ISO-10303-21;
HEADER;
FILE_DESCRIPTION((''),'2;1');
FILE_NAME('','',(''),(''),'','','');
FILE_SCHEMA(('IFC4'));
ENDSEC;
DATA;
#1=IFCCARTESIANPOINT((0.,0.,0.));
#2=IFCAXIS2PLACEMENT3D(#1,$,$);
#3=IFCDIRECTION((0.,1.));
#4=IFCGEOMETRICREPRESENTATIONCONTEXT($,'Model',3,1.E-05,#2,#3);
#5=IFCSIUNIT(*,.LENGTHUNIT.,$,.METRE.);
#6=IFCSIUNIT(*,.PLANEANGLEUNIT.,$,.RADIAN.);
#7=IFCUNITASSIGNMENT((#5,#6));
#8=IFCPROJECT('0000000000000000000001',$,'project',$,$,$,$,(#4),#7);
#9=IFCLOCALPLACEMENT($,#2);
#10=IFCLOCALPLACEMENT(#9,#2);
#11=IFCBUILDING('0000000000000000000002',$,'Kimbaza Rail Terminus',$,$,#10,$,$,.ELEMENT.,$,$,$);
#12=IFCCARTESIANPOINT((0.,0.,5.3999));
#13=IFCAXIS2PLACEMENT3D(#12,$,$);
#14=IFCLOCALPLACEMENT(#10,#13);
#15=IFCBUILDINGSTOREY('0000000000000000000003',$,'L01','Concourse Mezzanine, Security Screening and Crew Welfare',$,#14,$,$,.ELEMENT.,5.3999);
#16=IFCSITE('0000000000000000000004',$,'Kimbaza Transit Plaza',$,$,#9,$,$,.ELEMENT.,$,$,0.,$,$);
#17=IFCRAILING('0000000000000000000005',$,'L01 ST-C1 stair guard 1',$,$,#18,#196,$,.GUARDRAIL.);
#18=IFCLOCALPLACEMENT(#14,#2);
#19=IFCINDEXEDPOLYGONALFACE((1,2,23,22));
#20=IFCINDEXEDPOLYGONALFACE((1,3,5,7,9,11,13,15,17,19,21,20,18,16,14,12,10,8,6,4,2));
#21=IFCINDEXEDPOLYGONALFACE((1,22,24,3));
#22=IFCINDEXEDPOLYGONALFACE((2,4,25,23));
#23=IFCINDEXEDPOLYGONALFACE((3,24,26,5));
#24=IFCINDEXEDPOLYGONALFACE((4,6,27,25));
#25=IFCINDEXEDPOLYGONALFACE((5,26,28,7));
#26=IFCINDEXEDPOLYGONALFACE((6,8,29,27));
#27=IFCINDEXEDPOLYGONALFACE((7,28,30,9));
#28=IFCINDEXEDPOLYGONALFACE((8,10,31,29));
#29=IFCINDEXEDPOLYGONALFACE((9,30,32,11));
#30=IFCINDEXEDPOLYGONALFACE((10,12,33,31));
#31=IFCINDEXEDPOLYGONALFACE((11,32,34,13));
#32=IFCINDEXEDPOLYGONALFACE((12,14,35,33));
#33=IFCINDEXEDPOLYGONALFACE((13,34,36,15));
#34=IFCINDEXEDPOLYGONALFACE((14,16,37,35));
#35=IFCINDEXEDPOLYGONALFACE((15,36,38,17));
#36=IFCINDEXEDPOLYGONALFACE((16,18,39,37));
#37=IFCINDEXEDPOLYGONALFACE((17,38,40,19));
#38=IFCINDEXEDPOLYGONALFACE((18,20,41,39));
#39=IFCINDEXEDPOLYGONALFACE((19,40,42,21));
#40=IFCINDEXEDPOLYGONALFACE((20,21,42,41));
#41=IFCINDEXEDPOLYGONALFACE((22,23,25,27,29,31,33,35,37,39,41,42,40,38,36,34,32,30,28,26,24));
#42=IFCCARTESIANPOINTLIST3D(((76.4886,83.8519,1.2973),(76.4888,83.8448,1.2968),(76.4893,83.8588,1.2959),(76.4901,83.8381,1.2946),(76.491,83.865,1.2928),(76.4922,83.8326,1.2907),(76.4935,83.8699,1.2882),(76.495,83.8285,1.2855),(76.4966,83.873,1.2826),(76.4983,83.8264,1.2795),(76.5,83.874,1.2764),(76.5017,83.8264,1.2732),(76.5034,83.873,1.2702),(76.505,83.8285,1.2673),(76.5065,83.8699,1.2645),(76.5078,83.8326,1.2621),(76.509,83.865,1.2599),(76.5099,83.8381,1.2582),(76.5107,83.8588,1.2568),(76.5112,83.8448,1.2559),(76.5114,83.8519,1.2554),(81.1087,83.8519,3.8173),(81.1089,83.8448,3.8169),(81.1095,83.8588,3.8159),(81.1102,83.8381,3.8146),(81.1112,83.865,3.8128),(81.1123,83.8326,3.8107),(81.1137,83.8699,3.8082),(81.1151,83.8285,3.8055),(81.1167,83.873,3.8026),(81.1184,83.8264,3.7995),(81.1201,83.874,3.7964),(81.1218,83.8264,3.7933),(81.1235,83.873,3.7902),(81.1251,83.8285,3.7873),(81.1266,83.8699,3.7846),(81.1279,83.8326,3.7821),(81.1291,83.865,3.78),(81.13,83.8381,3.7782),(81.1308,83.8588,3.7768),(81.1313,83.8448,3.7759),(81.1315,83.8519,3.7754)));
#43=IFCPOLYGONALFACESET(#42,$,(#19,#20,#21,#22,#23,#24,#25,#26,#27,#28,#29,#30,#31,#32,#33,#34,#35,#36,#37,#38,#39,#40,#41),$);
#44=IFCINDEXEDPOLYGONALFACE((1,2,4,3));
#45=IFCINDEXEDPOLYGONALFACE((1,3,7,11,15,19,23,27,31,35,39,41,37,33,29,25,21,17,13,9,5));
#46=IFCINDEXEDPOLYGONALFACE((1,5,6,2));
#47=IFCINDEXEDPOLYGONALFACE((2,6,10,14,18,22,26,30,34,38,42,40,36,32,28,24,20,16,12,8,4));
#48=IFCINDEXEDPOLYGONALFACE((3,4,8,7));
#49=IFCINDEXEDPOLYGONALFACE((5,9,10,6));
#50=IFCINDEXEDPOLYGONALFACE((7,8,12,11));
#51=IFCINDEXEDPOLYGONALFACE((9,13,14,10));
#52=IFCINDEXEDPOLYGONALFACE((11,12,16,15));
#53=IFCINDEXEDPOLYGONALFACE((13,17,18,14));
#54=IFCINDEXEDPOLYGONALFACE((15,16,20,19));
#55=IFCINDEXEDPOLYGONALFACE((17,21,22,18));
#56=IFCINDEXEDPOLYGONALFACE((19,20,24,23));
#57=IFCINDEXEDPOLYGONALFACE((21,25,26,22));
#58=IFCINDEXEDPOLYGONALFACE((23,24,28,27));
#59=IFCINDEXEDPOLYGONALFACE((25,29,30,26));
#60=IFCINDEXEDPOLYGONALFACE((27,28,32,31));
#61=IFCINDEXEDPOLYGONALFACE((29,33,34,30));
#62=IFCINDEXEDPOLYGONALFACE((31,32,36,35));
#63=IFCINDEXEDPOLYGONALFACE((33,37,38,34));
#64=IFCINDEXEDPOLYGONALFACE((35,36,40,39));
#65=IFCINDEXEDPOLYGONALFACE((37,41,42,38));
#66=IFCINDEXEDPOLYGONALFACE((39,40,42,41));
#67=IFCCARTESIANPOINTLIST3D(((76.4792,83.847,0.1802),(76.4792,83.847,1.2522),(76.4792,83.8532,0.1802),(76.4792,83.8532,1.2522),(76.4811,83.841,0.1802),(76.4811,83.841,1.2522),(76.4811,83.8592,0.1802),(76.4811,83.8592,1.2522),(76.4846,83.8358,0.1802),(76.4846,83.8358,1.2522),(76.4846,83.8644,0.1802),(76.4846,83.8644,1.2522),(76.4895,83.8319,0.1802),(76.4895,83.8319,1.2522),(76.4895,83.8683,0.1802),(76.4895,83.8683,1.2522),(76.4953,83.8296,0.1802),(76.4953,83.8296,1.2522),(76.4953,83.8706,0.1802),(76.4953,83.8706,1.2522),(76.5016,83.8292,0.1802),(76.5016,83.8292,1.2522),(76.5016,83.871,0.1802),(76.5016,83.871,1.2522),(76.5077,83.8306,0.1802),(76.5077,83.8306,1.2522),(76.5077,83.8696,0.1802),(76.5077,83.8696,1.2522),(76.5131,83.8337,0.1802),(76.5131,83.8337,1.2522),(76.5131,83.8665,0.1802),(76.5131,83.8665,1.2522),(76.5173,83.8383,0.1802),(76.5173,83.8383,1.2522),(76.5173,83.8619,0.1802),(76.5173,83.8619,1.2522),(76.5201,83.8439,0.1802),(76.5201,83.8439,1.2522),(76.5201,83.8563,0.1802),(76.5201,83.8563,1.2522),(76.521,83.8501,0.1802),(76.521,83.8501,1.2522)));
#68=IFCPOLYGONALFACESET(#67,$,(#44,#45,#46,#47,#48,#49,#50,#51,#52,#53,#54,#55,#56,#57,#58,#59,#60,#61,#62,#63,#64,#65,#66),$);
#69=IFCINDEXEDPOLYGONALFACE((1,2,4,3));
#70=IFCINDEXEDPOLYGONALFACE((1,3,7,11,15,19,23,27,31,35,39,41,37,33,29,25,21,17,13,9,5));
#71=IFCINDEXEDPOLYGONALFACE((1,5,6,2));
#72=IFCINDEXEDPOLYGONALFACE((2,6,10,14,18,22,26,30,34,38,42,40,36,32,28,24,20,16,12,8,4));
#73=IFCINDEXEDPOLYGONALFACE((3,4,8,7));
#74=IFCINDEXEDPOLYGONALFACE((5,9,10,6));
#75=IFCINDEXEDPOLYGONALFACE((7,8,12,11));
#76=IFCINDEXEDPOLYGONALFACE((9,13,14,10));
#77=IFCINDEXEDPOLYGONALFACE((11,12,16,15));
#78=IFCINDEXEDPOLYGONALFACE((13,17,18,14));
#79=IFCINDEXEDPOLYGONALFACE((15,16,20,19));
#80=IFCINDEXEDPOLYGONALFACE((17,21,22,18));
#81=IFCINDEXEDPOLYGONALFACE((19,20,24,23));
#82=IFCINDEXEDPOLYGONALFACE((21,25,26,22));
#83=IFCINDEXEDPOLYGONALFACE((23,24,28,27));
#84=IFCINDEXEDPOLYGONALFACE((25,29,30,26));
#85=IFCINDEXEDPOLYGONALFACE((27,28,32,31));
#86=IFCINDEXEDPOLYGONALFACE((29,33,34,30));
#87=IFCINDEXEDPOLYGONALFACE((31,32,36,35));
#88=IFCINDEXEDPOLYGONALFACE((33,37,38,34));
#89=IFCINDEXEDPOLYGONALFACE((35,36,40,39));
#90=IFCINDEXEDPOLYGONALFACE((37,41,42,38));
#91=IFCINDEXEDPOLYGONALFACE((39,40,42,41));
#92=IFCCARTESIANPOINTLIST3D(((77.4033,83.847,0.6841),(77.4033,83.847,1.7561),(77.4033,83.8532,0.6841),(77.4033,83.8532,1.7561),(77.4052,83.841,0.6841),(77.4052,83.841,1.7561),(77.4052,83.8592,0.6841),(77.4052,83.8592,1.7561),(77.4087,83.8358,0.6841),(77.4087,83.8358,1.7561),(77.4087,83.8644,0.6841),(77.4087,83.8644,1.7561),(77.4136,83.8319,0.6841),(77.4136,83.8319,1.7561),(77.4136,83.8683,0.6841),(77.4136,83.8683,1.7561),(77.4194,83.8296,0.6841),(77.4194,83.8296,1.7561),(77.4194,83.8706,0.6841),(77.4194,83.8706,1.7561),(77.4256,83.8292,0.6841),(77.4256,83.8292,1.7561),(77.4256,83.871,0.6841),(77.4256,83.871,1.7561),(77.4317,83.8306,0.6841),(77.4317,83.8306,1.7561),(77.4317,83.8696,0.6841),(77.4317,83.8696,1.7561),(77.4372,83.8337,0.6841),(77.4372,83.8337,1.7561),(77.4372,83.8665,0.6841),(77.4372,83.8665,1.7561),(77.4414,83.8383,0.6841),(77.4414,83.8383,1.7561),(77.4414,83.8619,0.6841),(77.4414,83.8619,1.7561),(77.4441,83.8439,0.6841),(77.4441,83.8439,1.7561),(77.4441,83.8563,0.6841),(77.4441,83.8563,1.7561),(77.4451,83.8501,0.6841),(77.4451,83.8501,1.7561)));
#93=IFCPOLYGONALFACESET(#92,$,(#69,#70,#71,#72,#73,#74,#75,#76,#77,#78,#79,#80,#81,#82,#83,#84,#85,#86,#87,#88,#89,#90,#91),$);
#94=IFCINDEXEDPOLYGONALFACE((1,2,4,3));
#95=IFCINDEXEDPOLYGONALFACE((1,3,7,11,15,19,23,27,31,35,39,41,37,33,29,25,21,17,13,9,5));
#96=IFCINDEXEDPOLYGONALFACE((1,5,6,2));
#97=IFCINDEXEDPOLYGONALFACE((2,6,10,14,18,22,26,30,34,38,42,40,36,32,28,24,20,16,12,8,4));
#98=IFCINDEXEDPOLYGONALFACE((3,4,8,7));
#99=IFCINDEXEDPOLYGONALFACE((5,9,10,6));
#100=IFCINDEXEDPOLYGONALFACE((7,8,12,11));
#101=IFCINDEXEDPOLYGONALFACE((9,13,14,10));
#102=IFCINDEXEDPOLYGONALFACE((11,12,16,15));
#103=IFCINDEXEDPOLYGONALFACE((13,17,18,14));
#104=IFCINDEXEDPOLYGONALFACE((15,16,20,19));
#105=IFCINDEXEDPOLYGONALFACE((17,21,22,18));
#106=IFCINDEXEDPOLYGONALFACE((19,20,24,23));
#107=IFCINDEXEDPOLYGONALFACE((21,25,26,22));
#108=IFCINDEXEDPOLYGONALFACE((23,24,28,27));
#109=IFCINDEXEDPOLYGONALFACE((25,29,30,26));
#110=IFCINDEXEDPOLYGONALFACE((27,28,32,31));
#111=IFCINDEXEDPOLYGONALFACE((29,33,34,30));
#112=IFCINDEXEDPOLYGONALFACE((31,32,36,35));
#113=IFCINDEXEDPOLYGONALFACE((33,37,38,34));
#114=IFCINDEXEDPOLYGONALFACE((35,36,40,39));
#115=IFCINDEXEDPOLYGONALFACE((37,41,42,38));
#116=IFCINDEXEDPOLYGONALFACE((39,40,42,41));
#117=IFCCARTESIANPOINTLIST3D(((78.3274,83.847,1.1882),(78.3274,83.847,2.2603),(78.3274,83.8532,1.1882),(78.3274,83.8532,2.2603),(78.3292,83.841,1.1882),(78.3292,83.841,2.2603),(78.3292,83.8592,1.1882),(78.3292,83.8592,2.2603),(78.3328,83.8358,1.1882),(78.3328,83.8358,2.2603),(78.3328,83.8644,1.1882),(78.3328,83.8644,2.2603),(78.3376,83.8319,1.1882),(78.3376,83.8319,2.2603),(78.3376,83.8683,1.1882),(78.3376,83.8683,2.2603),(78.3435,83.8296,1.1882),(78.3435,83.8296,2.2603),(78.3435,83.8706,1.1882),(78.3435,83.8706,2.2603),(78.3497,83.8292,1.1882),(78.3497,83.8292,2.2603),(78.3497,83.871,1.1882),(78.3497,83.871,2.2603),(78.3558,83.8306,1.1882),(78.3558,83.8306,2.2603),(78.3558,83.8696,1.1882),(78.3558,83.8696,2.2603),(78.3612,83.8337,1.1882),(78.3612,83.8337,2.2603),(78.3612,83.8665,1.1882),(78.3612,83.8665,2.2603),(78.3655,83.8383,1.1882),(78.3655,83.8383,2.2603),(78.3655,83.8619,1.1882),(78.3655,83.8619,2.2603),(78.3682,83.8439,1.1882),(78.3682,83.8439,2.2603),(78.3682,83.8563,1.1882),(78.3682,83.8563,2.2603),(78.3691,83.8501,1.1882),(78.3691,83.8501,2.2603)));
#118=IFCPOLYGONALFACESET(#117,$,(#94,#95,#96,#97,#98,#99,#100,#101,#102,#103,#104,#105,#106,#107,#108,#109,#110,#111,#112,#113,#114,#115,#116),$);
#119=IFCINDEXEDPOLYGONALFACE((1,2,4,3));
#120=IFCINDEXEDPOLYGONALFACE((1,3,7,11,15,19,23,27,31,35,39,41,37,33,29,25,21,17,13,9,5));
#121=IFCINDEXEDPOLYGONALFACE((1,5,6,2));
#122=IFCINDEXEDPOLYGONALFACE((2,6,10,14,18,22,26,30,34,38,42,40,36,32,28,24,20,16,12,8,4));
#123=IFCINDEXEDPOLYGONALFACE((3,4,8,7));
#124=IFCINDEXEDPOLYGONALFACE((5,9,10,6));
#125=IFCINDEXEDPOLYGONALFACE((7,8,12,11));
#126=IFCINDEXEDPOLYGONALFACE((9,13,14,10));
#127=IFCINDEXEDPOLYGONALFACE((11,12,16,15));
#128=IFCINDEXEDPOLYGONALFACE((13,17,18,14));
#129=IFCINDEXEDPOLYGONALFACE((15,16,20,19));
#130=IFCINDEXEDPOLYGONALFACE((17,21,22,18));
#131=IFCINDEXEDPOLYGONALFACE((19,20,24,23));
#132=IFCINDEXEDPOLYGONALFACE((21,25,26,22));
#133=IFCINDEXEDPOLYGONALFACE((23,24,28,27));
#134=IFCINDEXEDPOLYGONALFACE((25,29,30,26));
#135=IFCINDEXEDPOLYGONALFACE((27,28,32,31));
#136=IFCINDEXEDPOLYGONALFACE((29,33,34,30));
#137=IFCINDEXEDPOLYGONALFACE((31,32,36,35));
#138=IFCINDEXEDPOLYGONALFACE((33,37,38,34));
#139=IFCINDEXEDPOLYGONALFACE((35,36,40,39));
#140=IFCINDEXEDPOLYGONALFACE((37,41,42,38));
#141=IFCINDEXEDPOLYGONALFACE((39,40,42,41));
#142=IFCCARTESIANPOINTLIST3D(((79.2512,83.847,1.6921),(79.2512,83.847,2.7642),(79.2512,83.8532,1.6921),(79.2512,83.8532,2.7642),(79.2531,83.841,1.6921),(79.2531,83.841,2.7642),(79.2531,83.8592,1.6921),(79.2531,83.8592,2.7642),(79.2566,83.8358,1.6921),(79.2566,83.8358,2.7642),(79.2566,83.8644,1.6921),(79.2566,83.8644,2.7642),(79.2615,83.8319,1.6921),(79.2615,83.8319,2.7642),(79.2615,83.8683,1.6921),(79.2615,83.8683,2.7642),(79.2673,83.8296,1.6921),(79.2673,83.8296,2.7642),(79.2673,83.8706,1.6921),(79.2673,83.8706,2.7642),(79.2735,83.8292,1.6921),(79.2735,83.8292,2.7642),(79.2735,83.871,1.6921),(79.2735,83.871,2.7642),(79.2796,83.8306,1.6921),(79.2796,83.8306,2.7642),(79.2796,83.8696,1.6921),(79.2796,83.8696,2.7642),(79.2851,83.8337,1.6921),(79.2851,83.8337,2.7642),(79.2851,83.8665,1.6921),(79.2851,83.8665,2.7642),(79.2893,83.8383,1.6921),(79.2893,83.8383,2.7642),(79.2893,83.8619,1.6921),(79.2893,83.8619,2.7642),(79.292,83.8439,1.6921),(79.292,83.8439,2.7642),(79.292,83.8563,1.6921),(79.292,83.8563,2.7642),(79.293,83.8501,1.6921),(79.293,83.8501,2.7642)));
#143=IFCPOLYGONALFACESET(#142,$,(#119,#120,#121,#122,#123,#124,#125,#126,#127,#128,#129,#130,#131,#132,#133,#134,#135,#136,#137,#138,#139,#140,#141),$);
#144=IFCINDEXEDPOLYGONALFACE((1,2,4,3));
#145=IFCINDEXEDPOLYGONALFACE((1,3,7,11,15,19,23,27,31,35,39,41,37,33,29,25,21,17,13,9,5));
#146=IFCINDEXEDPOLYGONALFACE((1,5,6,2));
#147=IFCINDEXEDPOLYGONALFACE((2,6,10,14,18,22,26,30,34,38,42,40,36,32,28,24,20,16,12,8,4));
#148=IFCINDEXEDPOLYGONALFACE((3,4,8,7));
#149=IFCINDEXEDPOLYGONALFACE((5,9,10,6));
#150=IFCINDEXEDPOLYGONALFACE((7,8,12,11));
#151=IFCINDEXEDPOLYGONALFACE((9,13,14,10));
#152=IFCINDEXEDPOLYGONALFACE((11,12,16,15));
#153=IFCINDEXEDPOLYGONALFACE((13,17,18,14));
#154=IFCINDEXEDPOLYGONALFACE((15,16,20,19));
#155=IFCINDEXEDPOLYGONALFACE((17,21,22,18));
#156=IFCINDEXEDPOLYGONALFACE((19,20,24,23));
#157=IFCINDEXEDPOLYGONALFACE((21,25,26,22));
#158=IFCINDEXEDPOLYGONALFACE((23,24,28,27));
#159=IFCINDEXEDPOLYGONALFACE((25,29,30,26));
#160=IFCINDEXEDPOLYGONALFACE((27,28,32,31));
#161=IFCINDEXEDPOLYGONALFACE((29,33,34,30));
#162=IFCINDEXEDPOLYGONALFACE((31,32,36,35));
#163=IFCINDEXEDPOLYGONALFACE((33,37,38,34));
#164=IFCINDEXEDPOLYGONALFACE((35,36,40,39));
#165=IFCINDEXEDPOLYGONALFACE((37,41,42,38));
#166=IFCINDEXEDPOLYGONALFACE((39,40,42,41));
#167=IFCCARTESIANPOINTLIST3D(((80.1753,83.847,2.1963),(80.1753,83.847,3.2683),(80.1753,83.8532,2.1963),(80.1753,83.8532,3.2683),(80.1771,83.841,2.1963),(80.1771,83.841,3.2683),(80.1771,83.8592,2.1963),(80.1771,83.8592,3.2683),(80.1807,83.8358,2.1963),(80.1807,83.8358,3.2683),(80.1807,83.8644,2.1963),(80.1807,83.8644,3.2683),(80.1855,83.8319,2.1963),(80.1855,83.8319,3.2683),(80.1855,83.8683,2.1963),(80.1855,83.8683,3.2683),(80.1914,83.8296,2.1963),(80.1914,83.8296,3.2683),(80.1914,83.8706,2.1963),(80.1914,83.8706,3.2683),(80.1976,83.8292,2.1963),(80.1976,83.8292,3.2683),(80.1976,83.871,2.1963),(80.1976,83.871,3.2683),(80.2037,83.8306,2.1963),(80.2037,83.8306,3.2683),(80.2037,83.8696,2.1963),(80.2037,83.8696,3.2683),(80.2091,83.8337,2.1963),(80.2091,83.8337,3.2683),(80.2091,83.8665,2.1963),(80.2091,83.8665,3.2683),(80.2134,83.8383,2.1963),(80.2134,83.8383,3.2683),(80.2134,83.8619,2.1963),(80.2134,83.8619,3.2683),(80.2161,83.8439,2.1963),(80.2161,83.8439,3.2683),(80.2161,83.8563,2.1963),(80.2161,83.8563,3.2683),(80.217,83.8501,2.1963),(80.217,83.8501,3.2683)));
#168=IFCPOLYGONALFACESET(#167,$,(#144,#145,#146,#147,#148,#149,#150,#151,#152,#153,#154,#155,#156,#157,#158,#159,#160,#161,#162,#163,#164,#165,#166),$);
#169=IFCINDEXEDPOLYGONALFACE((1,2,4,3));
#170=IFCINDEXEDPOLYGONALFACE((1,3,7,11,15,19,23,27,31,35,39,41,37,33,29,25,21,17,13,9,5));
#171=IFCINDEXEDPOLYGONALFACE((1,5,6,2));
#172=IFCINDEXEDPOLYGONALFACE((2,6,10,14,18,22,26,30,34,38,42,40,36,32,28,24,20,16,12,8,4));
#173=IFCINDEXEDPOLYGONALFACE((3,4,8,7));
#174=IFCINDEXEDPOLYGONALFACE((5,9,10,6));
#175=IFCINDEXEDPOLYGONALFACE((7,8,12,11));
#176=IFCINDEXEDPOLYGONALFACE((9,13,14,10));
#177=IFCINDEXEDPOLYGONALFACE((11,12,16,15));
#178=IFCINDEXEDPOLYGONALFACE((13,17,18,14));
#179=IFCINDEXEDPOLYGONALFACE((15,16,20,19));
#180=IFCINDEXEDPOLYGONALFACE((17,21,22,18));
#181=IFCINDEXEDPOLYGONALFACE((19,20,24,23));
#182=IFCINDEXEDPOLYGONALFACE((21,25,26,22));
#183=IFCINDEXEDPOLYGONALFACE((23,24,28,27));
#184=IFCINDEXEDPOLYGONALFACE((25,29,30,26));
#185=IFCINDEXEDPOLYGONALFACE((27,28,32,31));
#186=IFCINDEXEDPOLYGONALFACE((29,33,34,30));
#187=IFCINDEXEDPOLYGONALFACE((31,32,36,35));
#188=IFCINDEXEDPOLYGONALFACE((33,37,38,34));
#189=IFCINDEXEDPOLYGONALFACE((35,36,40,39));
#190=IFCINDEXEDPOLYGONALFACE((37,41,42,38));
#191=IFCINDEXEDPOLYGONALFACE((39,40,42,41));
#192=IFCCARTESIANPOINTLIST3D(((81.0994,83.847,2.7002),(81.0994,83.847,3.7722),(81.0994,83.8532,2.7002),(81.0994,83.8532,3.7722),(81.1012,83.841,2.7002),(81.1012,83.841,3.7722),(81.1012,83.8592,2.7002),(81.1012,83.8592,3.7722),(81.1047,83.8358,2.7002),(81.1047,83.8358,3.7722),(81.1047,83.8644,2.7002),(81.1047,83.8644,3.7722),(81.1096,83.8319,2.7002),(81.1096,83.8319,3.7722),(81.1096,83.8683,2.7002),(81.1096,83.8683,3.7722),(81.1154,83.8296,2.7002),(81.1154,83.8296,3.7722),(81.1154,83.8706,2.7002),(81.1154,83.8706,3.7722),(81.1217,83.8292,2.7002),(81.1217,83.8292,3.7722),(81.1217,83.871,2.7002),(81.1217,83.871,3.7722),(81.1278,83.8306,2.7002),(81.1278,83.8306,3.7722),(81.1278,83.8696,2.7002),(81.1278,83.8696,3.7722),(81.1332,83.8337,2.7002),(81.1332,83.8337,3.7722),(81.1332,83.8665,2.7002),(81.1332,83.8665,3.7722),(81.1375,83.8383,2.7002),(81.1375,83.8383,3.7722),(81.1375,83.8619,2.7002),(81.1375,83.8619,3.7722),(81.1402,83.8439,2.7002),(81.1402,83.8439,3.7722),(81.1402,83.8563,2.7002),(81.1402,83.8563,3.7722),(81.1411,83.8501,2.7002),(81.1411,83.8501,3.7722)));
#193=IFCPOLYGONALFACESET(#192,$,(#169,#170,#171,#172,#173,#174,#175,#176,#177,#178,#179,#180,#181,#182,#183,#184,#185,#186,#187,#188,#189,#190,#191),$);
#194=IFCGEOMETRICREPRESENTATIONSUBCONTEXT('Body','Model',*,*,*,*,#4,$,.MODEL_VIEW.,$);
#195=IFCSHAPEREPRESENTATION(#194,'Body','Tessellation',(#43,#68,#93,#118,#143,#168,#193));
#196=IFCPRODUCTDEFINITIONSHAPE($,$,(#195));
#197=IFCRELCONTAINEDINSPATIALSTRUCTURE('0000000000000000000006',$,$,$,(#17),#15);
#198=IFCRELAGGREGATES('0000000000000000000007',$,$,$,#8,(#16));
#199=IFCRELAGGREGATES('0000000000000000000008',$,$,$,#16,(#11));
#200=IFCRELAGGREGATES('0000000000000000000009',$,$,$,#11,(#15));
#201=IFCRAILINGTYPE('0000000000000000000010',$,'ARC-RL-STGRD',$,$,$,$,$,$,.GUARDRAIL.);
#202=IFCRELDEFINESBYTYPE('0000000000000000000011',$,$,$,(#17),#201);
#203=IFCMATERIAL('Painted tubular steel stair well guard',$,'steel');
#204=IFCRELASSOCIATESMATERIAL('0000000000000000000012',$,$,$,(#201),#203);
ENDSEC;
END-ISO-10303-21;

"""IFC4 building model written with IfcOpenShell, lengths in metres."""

from ifc_helpers import new_model, si_unit, direction, frame, origin, origin_2d, place, context, subcontext, project, spatial, circle, extrude, material, type_object, element, save


model = new_model("IFC4")

# Units and contexts
model_context = context("Model", 3, precision=1e-05, world=origin(), true_north=direction((0.0, 1.0)))
body_context = subcontext(model_context, "Body", "Model", "MODEL_VIEW")
ifc_project = project(units=[si_unit("LENGTHUNIT", "METRE"), si_unit("PLANEANGLEUNIT", "RADIAN")], contexts=[model_context])

# Site, building, storey
site_placement = place(None, origin())
site = spatial("IfcSite", under=ifc_project, at=site_placement, Name="Kimbaza Transit Plaza", CompositionType="ELEMENT", RefElevation=0.0)
building_placement = place(site_placement, origin())
building = spatial("IfcBuilding", under=site, at=building_placement, Name="Kimbaza Rail Terminus", CompositionType="ELEMENT")
storey_placement = place(building_placement, frame((0.0, 0.0, 5.3999)))
storey = spatial("IfcBuildingStorey", under=building, at=storey_placement, Name="L01", Description="Concourse Mezzanine, Security Screening and Crew Welfare", CompositionType="ELEMENT", Elevation=5.3999)

# Railing
ifc_material_1 = material(Name="Painted tubular steel stair well guard", Category="steel")
railing_type_1 = type_object("IfcRailingType", Name="ARC-RL-STGRD", PredefinedType="GUARDRAIL", material=ifc_material_1)
railing_1_placement = place(storey_placement, frame((76.5, 83.8501, 0.1802)))
element("IfcRailing", 1, at=railing_1_placement, inside=storey, type_object=railing_type_1, Name="L01 ST-C1 stair guard 1", PredefinedType="GUARDRAIL", context=body_context, shape_type="SweptSolid", body=[
    extrude(circle(Radius=0.0239, at=origin_2d()), frame((0.0, 0.0, 1.0962), z_axis=(0.877899, 0.0, 0.478846), x_axis=(0.0, 1.0, 0.0)), (0.0, 0.0, 1.0), 5.2627),
    extrude(circle(Radius=0.021, at=origin_2d()), origin(), (0.0, 0.0, 1.0), 1.072),
    extrude(circle(Radius=0.021, at=origin_2d()), frame((0.9241, 0.0, 0.5039)), (0.0, 0.0, 1.0), 1.072),
    extrude(circle(Radius=0.021, at=origin_2d()), frame((1.8481, 0.0, 1.0081)), (0.0, 0.0, 1.0), 1.072),
    extrude(circle(Radius=0.021, at=origin_2d()), frame((2.772, 0.0, 1.512)), (0.0, 0.0, 1.0), 1.072),
    extrude(circle(Radius=0.021, at=origin_2d()), frame((3.696, 0.0, 2.0161)), (0.0, 0.0, 1.0), 1.072),
    extrude(circle(Radius=0.021, at=origin_2d()), frame((4.6201, 0.0, 2.52)), (0.0, 0.0, 1.0), 1.072),
])

save(model, "model.ifc")
